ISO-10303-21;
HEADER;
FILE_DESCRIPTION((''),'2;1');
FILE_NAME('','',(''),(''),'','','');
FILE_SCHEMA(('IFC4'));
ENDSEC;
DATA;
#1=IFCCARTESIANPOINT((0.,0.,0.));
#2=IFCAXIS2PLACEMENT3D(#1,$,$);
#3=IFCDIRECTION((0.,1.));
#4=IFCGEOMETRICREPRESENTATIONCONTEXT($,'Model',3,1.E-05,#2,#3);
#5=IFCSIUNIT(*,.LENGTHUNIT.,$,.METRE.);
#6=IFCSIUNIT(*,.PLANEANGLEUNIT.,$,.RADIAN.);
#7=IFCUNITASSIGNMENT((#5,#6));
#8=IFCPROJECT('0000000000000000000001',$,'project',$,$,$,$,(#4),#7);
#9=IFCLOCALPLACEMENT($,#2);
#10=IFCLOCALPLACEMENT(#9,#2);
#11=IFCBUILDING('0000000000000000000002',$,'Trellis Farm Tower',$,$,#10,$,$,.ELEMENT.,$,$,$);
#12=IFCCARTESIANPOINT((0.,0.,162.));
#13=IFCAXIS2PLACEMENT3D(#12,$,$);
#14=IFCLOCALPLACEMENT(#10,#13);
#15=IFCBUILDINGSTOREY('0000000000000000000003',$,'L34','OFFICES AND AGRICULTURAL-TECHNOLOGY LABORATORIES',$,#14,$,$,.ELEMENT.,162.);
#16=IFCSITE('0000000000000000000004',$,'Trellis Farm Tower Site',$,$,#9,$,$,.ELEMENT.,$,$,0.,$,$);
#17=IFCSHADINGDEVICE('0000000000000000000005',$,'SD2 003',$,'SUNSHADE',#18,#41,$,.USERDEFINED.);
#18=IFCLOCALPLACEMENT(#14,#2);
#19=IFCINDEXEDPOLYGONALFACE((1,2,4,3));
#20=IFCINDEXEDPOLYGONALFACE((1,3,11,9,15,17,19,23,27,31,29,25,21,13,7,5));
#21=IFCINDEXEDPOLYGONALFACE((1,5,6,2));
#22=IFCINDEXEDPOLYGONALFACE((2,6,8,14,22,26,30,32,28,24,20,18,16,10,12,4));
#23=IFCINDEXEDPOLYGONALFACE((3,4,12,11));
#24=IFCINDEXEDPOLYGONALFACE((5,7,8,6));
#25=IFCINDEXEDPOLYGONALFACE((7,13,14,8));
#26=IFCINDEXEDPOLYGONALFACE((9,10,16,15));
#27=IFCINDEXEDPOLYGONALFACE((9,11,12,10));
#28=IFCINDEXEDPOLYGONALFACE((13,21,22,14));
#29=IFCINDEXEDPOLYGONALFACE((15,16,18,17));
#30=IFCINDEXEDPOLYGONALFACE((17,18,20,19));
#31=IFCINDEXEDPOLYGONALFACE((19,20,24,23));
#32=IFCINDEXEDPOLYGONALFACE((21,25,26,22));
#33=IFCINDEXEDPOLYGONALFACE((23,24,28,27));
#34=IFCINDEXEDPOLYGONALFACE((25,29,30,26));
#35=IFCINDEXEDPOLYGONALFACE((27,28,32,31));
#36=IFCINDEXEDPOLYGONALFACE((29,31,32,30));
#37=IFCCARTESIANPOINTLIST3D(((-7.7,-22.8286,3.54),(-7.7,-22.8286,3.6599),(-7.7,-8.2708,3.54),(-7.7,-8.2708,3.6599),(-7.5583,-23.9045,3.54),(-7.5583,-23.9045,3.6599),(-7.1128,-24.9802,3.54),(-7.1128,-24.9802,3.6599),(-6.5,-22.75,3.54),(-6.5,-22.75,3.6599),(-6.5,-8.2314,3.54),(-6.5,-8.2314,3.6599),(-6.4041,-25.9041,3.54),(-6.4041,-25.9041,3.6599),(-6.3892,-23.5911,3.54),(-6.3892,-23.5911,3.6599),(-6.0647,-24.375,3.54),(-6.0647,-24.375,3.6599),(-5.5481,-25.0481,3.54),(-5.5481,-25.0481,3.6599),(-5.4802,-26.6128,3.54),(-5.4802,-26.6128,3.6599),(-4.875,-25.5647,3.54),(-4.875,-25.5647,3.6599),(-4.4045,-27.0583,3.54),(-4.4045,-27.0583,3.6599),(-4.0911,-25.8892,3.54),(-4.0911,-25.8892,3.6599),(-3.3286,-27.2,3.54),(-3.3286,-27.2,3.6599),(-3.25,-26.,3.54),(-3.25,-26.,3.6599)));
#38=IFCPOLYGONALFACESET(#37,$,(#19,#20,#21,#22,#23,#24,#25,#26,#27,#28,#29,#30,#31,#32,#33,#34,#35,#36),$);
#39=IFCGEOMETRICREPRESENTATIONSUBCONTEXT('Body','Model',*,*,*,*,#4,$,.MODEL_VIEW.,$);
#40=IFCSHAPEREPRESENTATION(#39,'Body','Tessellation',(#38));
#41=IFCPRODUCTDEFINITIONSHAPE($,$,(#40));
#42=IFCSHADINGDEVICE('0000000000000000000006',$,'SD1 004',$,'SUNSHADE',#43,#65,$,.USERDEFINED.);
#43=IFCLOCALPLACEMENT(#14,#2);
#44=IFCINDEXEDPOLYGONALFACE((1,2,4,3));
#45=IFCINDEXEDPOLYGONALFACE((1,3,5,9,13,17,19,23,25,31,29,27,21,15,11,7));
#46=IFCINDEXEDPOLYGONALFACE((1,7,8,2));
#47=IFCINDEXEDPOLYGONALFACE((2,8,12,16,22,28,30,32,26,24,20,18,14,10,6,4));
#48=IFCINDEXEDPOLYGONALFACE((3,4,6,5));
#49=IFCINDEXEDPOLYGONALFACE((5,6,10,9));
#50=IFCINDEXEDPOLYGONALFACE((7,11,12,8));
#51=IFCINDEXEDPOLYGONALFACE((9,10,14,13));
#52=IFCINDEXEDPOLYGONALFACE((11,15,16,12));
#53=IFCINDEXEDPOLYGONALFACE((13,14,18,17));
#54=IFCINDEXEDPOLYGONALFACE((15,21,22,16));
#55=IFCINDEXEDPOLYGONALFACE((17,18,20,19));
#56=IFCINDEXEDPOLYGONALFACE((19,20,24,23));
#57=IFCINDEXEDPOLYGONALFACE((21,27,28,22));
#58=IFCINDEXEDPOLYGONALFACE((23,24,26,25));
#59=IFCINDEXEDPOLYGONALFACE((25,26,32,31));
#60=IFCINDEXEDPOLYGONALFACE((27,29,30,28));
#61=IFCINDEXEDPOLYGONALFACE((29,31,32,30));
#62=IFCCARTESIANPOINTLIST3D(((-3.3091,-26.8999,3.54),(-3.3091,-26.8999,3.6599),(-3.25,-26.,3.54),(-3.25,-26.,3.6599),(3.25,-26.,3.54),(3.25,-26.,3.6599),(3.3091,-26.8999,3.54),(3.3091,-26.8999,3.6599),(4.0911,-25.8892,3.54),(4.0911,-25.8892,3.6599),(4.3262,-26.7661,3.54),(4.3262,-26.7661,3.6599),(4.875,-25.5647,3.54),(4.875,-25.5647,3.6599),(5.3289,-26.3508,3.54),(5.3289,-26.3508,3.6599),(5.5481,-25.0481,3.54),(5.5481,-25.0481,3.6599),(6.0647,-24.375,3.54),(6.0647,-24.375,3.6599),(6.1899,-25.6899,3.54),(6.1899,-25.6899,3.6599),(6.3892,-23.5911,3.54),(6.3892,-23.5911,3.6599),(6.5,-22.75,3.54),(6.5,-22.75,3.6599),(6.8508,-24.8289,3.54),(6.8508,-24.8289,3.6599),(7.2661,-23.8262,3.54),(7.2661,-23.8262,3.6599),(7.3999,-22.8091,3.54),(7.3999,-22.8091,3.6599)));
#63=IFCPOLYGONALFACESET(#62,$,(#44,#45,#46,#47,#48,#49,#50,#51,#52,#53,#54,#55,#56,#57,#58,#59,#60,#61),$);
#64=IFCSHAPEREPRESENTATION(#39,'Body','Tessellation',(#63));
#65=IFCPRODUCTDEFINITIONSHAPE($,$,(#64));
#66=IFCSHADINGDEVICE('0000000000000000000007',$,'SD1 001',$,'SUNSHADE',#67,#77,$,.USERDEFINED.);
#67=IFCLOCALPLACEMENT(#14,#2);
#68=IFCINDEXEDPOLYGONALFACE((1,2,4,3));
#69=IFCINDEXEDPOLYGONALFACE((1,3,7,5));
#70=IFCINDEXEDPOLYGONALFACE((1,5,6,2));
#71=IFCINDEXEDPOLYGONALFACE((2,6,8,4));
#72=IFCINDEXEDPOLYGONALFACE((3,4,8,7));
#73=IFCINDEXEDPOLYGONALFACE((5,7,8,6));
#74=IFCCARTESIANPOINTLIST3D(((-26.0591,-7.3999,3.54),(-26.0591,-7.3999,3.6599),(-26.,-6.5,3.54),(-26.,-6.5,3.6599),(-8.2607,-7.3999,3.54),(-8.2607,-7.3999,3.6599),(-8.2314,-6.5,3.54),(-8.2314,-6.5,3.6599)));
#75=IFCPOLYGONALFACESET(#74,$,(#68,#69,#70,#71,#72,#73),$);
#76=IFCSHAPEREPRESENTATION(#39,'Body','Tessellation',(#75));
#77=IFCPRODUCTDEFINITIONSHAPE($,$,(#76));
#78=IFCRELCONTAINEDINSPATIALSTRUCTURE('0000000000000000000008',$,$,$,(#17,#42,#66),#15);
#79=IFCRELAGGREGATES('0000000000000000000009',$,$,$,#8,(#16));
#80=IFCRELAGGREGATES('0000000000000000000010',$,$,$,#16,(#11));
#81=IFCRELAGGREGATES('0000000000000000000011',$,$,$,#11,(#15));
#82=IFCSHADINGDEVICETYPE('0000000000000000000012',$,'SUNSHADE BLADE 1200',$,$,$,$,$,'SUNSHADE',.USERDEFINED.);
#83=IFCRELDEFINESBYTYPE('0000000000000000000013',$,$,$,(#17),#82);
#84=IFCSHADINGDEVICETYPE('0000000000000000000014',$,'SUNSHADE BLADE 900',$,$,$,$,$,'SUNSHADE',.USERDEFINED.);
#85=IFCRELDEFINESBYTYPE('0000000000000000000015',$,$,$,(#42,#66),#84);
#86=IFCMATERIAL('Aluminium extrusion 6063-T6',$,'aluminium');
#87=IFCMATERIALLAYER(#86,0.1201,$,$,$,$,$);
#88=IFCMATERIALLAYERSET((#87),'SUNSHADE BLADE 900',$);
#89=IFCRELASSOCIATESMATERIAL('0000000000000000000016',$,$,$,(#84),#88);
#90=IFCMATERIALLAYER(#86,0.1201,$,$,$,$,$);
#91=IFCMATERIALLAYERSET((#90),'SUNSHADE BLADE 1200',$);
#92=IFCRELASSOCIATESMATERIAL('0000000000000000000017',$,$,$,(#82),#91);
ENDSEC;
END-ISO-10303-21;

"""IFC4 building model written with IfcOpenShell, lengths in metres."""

from ifc_helpers import new_model, si_unit, direction, frame, origin, place, context, subcontext, project, spatial, polyline, outline, extrude, source, transform, mapped, material, layer, layer_set, type_object, element, save


model = new_model("IFC4")

# Units and contexts
model_context = context("Model", 3, precision=1e-05, world=origin(), true_north=direction((0.0, 1.0)))
body_context = subcontext(model_context, "Body", "Model", "MODEL_VIEW")
ifc_project = project(units=[si_unit("LENGTHUNIT", "METRE"), si_unit("PLANEANGLEUNIT", "RADIAN")], contexts=[model_context])

# Site, building, storey
site_placement = place(None, origin())
site = spatial("IfcSite", under=ifc_project, at=site_placement, Name="Trellis Farm Tower Site", CompositionType="ELEMENT", RefElevation=0.0)
building_placement = place(site_placement, origin())
building = spatial("IfcBuilding", under=site, at=building_placement, Name="Trellis Farm Tower", CompositionType="ELEMENT")
storey_placement = place(building_placement, frame((0.0, 0.0, 162.0)))
storey = spatial("IfcBuildingStorey", under=building, at=storey_placement, Name="L34", Description="OFFICES AND AGRICULTURAL-TECHNOLOGY LABORATORIES", CompositionType="ELEMENT", Elevation=162.0)

# Shared definitions
ifc_material_1 = material(Name="Aluminium extrusion 6063-T6", Category="aluminium")

# Shading devices
ifc_layer_1 = layer(ifc_material_1, 0.1201)
ifc_layer_set_1 = layer_set([ifc_layer_1], Name="SUNSHADE BLADE 900")
shading_device_type_1 = type_object("IfcShadingDeviceType", Name="SUNSHADE BLADE 900", ElementType="SUNSHADE", PredefinedType="USERDEFINED", material=ifc_layer_set_1)
placement_1 = place(storey_placement, frame((0.0, 0.0, 3.54)))
ifc_layer_2 = layer(ifc_material_1, 0.1201)
ifc_layer_set_2 = layer_set([ifc_layer_2], Name="SUNSHADE BLADE 1200")
shading_device_type_2 = type_object("IfcShadingDeviceType", Name="SUNSHADE BLADE 1200", ElementType="SUNSHADE", PredefinedType="USERDEFINED", material=ifc_layer_set_2)
shared_shape_1 = source(origin(), body_context, "Body", "SweptSolid", [
    extrude(outline(polyline([(-7.7, -8.2708), (-7.7, -22.8286), (-7.5583, -23.9045), (-7.1128, -24.9802), (-6.4041, -25.9041), (-5.4802, -26.6128), (-4.4045, -27.0583), (-3.3286, -27.2), (-3.25, -26.0), (-4.0911, -25.8892), (-4.875, -25.5647), (-5.5481, -25.0481), (-6.0647, -24.375), (-6.3892, -23.5911), (-6.5, -22.75), (-6.5, -8.2314), (-7.7, -8.2708)])), origin(), (0.0, 0.0, 1.0), 0.1199),
])
element("IfcShadingDevice", 1, at=placement_1, inside=storey, type_object=shading_device_type_2, Name="SD2 003", ObjectType="SUNSHADE", PredefinedType="USERDEFINED", context=body_context, shape_type="MappedRepresentation", body=[
    mapped(shared_shape_1, transform((0.0, 0.0, 0.0))),
])
shared_shape_2 = source(origin(), body_context, "Body", "SweptSolid", [
    extrude(outline(polyline([(-3.3091, -26.8999), (3.3091, -26.8999), (4.3262, -26.7661), (5.3289, -26.3508), (6.1899, -25.6899), (6.8508, -24.8289), (7.2661, -23.8262), (7.3999, -22.8091), (6.5, -22.75), (6.3892, -23.5911), (6.0647, -24.375), (5.5481, -25.0481), (4.875, -25.5647), (4.0911, -25.8892), (3.25, -26.0), (-3.25, -26.0), (-3.3091, -26.8999)])), origin(), (0.0, 0.0, 1.0), 0.1199),
])
element("IfcShadingDevice", 2, at=placement_1, inside=storey, type_object=shading_device_type_1, Name="SD1 004", ObjectType="SUNSHADE", PredefinedType="USERDEFINED", context=body_context, shape_type="MappedRepresentation", body=[
    mapped(shared_shape_2, transform((0.0, 0.0, 0.0))),
])
shared_shape_3 = source(origin(), body_context, "Body", "SweptSolid", [
    extrude(outline(polyline([(-26.0591, -7.3999), (-8.2607, -7.3999), (-8.2314, -6.5), (-26.0, -6.5), (-26.0591, -7.3999)])), origin(), (0.0, 0.0, 1.0), 0.1199),
])
element("IfcShadingDevice", 3, at=placement_1, inside=storey, type_object=shading_device_type_1, Name="SD1 001", ObjectType="SUNSHADE", PredefinedType="USERDEFINED", context=body_context, shape_type="MappedRepresentation", body=[
    mapped(shared_shape_3, transform((0.0, 0.0, 0.0))),
])

save(model, "model.ifc")
